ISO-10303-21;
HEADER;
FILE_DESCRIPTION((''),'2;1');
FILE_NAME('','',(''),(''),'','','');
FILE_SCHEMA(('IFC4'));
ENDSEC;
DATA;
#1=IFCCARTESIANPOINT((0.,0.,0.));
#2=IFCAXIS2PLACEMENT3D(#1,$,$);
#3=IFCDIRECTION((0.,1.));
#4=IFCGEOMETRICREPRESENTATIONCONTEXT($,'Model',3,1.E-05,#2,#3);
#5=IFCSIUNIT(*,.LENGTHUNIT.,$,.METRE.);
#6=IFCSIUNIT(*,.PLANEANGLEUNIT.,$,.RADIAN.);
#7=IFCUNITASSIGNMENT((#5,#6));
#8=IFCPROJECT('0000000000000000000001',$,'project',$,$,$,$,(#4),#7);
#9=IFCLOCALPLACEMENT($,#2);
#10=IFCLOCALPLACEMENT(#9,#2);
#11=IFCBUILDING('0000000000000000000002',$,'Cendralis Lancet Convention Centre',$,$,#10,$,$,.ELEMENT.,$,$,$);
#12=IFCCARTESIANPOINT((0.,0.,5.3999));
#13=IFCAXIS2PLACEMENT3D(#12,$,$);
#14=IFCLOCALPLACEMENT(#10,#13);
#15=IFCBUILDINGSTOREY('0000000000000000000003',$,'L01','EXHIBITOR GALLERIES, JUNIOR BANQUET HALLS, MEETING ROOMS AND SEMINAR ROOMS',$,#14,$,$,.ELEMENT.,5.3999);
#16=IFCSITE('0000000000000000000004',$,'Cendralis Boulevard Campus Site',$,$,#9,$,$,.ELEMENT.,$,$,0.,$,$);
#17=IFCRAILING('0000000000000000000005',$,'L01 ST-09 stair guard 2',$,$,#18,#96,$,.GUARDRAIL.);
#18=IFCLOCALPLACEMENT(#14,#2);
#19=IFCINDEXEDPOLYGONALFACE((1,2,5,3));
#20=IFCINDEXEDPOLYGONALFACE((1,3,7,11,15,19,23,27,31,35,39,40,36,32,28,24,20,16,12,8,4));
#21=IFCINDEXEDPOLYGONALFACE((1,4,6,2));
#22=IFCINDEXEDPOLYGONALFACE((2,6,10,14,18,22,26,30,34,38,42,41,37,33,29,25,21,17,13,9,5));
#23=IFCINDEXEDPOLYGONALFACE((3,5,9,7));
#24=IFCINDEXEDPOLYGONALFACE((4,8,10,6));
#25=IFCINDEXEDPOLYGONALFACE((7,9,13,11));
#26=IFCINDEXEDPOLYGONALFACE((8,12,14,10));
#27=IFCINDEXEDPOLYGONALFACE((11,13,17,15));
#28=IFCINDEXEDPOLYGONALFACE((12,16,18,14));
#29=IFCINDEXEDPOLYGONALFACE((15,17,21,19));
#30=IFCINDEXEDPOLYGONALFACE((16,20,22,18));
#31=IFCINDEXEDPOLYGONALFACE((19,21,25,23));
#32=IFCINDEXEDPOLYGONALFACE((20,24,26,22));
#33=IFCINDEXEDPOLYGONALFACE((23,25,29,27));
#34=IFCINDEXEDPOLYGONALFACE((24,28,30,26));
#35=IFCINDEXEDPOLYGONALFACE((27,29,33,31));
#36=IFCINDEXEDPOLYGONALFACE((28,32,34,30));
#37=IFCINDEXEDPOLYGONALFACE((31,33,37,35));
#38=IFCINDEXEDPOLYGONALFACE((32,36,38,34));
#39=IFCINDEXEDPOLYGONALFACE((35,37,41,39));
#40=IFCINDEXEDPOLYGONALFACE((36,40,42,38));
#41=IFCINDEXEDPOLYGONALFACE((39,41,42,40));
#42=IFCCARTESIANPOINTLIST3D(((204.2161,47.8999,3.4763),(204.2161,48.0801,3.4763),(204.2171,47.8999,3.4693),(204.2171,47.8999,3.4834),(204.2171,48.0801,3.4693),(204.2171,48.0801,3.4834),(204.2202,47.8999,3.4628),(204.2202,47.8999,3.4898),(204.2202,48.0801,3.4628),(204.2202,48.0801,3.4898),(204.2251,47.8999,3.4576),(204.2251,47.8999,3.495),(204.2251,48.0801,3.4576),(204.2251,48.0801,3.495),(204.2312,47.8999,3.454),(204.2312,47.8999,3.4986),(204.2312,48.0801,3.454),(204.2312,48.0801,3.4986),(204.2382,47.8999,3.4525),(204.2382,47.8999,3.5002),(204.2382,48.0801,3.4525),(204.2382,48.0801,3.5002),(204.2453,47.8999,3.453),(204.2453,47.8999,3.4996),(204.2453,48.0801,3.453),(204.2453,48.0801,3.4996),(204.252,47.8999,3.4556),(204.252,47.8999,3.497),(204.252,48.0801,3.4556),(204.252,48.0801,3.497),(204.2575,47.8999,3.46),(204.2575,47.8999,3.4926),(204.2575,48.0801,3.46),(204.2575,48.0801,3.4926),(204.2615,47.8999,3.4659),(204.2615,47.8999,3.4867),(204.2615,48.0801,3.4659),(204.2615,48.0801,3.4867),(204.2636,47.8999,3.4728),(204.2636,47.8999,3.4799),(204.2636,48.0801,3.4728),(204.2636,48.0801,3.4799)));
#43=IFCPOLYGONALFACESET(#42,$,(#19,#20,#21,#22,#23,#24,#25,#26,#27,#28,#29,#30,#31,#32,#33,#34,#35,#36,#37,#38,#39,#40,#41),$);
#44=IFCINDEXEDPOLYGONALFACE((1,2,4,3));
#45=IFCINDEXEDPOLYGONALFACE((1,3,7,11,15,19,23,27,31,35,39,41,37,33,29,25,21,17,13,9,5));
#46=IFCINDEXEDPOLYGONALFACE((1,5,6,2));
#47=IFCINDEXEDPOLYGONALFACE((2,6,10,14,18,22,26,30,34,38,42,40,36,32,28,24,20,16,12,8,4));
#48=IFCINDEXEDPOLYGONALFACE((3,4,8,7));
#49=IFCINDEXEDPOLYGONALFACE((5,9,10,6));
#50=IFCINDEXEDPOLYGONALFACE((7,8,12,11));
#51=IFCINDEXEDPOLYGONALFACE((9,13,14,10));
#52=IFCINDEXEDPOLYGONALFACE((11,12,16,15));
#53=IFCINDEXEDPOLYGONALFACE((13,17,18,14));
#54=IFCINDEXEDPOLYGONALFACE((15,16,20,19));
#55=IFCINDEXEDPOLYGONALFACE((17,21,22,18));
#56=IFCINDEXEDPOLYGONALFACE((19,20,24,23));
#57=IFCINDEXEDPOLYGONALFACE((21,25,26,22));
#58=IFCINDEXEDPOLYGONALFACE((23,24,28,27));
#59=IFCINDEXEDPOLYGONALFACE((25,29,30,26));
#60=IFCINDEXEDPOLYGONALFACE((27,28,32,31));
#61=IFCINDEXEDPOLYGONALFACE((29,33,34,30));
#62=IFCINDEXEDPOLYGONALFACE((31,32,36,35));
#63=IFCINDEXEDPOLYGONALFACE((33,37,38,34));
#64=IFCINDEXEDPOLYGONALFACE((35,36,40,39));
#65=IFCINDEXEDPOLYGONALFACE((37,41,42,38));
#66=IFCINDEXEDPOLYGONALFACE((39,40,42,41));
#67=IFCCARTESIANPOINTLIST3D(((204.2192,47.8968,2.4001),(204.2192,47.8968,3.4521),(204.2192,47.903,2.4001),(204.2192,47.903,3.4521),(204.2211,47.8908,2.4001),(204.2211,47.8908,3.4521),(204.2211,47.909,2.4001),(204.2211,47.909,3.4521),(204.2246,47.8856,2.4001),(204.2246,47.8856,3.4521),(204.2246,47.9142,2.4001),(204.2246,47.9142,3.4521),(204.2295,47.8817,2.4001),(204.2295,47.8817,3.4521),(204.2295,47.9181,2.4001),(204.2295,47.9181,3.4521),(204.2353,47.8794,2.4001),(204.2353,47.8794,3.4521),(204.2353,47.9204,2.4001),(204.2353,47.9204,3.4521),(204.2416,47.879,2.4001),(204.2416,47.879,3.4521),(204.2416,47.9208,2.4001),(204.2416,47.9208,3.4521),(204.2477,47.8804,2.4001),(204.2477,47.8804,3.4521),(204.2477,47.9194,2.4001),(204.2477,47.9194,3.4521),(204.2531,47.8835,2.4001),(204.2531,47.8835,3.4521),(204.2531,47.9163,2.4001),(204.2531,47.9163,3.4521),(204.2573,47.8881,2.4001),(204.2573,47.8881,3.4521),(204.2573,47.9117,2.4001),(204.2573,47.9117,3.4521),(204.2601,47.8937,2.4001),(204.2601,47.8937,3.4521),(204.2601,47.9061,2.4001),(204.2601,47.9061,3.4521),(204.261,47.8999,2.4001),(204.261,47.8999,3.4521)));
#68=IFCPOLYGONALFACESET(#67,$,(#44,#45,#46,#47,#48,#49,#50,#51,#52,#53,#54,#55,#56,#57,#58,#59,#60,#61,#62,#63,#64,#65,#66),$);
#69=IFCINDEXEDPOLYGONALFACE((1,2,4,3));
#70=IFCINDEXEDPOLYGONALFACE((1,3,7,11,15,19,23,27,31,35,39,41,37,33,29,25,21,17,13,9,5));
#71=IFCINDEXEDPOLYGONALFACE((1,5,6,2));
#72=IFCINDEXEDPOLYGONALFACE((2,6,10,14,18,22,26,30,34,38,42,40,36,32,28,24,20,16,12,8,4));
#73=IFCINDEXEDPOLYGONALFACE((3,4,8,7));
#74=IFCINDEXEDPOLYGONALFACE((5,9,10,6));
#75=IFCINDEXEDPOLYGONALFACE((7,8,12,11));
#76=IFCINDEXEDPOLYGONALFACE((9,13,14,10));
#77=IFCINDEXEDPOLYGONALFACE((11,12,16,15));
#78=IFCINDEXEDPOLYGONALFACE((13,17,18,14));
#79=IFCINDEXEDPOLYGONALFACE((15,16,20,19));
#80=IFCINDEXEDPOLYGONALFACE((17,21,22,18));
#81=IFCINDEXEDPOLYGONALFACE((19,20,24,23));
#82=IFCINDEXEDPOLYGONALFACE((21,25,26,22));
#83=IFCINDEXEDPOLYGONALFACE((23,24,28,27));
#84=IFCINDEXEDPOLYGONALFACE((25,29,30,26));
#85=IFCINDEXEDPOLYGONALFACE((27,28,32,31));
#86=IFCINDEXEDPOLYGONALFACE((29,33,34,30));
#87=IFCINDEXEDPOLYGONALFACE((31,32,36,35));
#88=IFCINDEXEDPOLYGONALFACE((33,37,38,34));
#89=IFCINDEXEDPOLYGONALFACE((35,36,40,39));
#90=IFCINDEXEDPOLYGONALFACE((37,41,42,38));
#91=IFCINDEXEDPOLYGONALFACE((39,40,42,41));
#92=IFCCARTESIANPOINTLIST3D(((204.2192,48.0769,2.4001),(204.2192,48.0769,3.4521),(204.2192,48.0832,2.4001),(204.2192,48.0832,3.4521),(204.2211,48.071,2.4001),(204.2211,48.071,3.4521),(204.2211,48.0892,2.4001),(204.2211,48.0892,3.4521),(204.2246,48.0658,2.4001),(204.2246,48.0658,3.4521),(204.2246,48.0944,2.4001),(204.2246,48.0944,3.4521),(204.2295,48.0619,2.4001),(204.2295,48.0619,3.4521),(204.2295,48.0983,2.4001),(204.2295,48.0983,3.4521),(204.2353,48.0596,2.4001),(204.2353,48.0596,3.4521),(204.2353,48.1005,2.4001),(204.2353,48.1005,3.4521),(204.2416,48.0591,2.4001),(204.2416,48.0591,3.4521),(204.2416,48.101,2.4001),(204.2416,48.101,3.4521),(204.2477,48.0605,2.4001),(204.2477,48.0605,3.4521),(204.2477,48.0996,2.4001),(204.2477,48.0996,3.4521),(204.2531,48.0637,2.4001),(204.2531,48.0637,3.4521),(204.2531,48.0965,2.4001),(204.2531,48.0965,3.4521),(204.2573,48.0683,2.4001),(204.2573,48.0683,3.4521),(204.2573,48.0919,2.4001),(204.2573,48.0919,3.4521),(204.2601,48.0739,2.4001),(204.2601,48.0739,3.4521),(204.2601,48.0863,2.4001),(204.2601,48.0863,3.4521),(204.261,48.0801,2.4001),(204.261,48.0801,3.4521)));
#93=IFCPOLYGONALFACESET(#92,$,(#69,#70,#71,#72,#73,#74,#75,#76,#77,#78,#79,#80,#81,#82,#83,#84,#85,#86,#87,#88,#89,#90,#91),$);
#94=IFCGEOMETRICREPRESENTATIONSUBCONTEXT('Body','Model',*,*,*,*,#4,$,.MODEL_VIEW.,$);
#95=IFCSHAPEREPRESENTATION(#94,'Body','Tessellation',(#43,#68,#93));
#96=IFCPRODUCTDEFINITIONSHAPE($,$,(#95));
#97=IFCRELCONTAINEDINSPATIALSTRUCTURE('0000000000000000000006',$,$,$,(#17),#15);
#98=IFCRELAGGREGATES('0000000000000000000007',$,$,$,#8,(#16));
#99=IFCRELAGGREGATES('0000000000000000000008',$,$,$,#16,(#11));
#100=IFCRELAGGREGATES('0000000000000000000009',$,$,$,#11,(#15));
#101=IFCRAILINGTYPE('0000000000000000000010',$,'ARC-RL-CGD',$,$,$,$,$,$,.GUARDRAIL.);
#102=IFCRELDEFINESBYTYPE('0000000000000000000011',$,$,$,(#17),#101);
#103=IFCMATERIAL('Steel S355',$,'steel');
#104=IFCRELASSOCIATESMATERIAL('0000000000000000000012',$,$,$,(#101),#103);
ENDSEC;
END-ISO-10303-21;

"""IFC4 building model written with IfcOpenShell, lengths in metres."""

from ifc_helpers import new_model, si_unit, direction, frame, origin, origin_2d, place, context, subcontext, project, spatial, circle, extrude, material, type_object, element, save


model = new_model("IFC4")

# Units and contexts
model_context = context("Model", 3, precision=1e-05, world=origin(), true_north=direction((0.0, 1.0)))
body_context = subcontext(model_context, "Body", "Model", "MODEL_VIEW")
ifc_project = project(units=[si_unit("LENGTHUNIT", "METRE"), si_unit("PLANEANGLEUNIT", "RADIAN")], contexts=[model_context])

# Site, building, storey
site_placement = place(None, origin())
site = spatial("IfcSite", under=ifc_project, at=site_placement, Name="Cendralis Boulevard Campus Site", CompositionType="ELEMENT", RefElevation=0.0)
building_placement = place(site_placement, origin())
building = spatial("IfcBuilding", under=site, at=building_placement, Name="Cendralis Lancet Convention Centre", CompositionType="ELEMENT")
storey_placement = place(building_placement, frame((0.0, 0.0, 5.3999)))
storey = spatial("IfcBuildingStorey", under=building, at=storey_placement, Name="L01", Description="EXHIBITOR GALLERIES, JUNIOR BANQUET HALLS, MEETING ROOMS AND SEMINAR ROOMS", CompositionType="ELEMENT", Elevation=5.3999)

# Railing
ifc_material_1 = material(Name="Steel S355", Category="steel")
railing_type_1 = type_object("IfcRailingType", Name="ARC-RL-CGD", PredefinedType="GUARDRAIL", material=ifc_material_1)
railing_1_placement = place(storey_placement, frame((204.24, 47.8999, 2.4001)))
element("IfcRailing", 1, at=railing_1_placement, inside=storey, type_object=railing_type_1, Name="L01 ST-09 stair guard 2", PredefinedType="GUARDRAIL", context=body_context, shape_type="SweptSolid", body=[
    extrude(circle(Radius=0.0239, at=origin_2d()), frame((0.0, 0.0, 1.0762), z_axis=(0.0, 1.0, 0.0), x_axis=(-1.0, 0.0, 0.0)), (0.0, 0.0, 1.0), 0.1802),
    extrude(circle(Radius=0.021, at=origin_2d()), origin(), (0.0, 0.0, 1.0), 1.052),
    extrude(circle(Radius=0.021, at=origin_2d()), frame((0.0, 0.1802, 0.0)), (0.0, 0.0, 1.0), 1.052),
])

save(model, "model.ifc")
